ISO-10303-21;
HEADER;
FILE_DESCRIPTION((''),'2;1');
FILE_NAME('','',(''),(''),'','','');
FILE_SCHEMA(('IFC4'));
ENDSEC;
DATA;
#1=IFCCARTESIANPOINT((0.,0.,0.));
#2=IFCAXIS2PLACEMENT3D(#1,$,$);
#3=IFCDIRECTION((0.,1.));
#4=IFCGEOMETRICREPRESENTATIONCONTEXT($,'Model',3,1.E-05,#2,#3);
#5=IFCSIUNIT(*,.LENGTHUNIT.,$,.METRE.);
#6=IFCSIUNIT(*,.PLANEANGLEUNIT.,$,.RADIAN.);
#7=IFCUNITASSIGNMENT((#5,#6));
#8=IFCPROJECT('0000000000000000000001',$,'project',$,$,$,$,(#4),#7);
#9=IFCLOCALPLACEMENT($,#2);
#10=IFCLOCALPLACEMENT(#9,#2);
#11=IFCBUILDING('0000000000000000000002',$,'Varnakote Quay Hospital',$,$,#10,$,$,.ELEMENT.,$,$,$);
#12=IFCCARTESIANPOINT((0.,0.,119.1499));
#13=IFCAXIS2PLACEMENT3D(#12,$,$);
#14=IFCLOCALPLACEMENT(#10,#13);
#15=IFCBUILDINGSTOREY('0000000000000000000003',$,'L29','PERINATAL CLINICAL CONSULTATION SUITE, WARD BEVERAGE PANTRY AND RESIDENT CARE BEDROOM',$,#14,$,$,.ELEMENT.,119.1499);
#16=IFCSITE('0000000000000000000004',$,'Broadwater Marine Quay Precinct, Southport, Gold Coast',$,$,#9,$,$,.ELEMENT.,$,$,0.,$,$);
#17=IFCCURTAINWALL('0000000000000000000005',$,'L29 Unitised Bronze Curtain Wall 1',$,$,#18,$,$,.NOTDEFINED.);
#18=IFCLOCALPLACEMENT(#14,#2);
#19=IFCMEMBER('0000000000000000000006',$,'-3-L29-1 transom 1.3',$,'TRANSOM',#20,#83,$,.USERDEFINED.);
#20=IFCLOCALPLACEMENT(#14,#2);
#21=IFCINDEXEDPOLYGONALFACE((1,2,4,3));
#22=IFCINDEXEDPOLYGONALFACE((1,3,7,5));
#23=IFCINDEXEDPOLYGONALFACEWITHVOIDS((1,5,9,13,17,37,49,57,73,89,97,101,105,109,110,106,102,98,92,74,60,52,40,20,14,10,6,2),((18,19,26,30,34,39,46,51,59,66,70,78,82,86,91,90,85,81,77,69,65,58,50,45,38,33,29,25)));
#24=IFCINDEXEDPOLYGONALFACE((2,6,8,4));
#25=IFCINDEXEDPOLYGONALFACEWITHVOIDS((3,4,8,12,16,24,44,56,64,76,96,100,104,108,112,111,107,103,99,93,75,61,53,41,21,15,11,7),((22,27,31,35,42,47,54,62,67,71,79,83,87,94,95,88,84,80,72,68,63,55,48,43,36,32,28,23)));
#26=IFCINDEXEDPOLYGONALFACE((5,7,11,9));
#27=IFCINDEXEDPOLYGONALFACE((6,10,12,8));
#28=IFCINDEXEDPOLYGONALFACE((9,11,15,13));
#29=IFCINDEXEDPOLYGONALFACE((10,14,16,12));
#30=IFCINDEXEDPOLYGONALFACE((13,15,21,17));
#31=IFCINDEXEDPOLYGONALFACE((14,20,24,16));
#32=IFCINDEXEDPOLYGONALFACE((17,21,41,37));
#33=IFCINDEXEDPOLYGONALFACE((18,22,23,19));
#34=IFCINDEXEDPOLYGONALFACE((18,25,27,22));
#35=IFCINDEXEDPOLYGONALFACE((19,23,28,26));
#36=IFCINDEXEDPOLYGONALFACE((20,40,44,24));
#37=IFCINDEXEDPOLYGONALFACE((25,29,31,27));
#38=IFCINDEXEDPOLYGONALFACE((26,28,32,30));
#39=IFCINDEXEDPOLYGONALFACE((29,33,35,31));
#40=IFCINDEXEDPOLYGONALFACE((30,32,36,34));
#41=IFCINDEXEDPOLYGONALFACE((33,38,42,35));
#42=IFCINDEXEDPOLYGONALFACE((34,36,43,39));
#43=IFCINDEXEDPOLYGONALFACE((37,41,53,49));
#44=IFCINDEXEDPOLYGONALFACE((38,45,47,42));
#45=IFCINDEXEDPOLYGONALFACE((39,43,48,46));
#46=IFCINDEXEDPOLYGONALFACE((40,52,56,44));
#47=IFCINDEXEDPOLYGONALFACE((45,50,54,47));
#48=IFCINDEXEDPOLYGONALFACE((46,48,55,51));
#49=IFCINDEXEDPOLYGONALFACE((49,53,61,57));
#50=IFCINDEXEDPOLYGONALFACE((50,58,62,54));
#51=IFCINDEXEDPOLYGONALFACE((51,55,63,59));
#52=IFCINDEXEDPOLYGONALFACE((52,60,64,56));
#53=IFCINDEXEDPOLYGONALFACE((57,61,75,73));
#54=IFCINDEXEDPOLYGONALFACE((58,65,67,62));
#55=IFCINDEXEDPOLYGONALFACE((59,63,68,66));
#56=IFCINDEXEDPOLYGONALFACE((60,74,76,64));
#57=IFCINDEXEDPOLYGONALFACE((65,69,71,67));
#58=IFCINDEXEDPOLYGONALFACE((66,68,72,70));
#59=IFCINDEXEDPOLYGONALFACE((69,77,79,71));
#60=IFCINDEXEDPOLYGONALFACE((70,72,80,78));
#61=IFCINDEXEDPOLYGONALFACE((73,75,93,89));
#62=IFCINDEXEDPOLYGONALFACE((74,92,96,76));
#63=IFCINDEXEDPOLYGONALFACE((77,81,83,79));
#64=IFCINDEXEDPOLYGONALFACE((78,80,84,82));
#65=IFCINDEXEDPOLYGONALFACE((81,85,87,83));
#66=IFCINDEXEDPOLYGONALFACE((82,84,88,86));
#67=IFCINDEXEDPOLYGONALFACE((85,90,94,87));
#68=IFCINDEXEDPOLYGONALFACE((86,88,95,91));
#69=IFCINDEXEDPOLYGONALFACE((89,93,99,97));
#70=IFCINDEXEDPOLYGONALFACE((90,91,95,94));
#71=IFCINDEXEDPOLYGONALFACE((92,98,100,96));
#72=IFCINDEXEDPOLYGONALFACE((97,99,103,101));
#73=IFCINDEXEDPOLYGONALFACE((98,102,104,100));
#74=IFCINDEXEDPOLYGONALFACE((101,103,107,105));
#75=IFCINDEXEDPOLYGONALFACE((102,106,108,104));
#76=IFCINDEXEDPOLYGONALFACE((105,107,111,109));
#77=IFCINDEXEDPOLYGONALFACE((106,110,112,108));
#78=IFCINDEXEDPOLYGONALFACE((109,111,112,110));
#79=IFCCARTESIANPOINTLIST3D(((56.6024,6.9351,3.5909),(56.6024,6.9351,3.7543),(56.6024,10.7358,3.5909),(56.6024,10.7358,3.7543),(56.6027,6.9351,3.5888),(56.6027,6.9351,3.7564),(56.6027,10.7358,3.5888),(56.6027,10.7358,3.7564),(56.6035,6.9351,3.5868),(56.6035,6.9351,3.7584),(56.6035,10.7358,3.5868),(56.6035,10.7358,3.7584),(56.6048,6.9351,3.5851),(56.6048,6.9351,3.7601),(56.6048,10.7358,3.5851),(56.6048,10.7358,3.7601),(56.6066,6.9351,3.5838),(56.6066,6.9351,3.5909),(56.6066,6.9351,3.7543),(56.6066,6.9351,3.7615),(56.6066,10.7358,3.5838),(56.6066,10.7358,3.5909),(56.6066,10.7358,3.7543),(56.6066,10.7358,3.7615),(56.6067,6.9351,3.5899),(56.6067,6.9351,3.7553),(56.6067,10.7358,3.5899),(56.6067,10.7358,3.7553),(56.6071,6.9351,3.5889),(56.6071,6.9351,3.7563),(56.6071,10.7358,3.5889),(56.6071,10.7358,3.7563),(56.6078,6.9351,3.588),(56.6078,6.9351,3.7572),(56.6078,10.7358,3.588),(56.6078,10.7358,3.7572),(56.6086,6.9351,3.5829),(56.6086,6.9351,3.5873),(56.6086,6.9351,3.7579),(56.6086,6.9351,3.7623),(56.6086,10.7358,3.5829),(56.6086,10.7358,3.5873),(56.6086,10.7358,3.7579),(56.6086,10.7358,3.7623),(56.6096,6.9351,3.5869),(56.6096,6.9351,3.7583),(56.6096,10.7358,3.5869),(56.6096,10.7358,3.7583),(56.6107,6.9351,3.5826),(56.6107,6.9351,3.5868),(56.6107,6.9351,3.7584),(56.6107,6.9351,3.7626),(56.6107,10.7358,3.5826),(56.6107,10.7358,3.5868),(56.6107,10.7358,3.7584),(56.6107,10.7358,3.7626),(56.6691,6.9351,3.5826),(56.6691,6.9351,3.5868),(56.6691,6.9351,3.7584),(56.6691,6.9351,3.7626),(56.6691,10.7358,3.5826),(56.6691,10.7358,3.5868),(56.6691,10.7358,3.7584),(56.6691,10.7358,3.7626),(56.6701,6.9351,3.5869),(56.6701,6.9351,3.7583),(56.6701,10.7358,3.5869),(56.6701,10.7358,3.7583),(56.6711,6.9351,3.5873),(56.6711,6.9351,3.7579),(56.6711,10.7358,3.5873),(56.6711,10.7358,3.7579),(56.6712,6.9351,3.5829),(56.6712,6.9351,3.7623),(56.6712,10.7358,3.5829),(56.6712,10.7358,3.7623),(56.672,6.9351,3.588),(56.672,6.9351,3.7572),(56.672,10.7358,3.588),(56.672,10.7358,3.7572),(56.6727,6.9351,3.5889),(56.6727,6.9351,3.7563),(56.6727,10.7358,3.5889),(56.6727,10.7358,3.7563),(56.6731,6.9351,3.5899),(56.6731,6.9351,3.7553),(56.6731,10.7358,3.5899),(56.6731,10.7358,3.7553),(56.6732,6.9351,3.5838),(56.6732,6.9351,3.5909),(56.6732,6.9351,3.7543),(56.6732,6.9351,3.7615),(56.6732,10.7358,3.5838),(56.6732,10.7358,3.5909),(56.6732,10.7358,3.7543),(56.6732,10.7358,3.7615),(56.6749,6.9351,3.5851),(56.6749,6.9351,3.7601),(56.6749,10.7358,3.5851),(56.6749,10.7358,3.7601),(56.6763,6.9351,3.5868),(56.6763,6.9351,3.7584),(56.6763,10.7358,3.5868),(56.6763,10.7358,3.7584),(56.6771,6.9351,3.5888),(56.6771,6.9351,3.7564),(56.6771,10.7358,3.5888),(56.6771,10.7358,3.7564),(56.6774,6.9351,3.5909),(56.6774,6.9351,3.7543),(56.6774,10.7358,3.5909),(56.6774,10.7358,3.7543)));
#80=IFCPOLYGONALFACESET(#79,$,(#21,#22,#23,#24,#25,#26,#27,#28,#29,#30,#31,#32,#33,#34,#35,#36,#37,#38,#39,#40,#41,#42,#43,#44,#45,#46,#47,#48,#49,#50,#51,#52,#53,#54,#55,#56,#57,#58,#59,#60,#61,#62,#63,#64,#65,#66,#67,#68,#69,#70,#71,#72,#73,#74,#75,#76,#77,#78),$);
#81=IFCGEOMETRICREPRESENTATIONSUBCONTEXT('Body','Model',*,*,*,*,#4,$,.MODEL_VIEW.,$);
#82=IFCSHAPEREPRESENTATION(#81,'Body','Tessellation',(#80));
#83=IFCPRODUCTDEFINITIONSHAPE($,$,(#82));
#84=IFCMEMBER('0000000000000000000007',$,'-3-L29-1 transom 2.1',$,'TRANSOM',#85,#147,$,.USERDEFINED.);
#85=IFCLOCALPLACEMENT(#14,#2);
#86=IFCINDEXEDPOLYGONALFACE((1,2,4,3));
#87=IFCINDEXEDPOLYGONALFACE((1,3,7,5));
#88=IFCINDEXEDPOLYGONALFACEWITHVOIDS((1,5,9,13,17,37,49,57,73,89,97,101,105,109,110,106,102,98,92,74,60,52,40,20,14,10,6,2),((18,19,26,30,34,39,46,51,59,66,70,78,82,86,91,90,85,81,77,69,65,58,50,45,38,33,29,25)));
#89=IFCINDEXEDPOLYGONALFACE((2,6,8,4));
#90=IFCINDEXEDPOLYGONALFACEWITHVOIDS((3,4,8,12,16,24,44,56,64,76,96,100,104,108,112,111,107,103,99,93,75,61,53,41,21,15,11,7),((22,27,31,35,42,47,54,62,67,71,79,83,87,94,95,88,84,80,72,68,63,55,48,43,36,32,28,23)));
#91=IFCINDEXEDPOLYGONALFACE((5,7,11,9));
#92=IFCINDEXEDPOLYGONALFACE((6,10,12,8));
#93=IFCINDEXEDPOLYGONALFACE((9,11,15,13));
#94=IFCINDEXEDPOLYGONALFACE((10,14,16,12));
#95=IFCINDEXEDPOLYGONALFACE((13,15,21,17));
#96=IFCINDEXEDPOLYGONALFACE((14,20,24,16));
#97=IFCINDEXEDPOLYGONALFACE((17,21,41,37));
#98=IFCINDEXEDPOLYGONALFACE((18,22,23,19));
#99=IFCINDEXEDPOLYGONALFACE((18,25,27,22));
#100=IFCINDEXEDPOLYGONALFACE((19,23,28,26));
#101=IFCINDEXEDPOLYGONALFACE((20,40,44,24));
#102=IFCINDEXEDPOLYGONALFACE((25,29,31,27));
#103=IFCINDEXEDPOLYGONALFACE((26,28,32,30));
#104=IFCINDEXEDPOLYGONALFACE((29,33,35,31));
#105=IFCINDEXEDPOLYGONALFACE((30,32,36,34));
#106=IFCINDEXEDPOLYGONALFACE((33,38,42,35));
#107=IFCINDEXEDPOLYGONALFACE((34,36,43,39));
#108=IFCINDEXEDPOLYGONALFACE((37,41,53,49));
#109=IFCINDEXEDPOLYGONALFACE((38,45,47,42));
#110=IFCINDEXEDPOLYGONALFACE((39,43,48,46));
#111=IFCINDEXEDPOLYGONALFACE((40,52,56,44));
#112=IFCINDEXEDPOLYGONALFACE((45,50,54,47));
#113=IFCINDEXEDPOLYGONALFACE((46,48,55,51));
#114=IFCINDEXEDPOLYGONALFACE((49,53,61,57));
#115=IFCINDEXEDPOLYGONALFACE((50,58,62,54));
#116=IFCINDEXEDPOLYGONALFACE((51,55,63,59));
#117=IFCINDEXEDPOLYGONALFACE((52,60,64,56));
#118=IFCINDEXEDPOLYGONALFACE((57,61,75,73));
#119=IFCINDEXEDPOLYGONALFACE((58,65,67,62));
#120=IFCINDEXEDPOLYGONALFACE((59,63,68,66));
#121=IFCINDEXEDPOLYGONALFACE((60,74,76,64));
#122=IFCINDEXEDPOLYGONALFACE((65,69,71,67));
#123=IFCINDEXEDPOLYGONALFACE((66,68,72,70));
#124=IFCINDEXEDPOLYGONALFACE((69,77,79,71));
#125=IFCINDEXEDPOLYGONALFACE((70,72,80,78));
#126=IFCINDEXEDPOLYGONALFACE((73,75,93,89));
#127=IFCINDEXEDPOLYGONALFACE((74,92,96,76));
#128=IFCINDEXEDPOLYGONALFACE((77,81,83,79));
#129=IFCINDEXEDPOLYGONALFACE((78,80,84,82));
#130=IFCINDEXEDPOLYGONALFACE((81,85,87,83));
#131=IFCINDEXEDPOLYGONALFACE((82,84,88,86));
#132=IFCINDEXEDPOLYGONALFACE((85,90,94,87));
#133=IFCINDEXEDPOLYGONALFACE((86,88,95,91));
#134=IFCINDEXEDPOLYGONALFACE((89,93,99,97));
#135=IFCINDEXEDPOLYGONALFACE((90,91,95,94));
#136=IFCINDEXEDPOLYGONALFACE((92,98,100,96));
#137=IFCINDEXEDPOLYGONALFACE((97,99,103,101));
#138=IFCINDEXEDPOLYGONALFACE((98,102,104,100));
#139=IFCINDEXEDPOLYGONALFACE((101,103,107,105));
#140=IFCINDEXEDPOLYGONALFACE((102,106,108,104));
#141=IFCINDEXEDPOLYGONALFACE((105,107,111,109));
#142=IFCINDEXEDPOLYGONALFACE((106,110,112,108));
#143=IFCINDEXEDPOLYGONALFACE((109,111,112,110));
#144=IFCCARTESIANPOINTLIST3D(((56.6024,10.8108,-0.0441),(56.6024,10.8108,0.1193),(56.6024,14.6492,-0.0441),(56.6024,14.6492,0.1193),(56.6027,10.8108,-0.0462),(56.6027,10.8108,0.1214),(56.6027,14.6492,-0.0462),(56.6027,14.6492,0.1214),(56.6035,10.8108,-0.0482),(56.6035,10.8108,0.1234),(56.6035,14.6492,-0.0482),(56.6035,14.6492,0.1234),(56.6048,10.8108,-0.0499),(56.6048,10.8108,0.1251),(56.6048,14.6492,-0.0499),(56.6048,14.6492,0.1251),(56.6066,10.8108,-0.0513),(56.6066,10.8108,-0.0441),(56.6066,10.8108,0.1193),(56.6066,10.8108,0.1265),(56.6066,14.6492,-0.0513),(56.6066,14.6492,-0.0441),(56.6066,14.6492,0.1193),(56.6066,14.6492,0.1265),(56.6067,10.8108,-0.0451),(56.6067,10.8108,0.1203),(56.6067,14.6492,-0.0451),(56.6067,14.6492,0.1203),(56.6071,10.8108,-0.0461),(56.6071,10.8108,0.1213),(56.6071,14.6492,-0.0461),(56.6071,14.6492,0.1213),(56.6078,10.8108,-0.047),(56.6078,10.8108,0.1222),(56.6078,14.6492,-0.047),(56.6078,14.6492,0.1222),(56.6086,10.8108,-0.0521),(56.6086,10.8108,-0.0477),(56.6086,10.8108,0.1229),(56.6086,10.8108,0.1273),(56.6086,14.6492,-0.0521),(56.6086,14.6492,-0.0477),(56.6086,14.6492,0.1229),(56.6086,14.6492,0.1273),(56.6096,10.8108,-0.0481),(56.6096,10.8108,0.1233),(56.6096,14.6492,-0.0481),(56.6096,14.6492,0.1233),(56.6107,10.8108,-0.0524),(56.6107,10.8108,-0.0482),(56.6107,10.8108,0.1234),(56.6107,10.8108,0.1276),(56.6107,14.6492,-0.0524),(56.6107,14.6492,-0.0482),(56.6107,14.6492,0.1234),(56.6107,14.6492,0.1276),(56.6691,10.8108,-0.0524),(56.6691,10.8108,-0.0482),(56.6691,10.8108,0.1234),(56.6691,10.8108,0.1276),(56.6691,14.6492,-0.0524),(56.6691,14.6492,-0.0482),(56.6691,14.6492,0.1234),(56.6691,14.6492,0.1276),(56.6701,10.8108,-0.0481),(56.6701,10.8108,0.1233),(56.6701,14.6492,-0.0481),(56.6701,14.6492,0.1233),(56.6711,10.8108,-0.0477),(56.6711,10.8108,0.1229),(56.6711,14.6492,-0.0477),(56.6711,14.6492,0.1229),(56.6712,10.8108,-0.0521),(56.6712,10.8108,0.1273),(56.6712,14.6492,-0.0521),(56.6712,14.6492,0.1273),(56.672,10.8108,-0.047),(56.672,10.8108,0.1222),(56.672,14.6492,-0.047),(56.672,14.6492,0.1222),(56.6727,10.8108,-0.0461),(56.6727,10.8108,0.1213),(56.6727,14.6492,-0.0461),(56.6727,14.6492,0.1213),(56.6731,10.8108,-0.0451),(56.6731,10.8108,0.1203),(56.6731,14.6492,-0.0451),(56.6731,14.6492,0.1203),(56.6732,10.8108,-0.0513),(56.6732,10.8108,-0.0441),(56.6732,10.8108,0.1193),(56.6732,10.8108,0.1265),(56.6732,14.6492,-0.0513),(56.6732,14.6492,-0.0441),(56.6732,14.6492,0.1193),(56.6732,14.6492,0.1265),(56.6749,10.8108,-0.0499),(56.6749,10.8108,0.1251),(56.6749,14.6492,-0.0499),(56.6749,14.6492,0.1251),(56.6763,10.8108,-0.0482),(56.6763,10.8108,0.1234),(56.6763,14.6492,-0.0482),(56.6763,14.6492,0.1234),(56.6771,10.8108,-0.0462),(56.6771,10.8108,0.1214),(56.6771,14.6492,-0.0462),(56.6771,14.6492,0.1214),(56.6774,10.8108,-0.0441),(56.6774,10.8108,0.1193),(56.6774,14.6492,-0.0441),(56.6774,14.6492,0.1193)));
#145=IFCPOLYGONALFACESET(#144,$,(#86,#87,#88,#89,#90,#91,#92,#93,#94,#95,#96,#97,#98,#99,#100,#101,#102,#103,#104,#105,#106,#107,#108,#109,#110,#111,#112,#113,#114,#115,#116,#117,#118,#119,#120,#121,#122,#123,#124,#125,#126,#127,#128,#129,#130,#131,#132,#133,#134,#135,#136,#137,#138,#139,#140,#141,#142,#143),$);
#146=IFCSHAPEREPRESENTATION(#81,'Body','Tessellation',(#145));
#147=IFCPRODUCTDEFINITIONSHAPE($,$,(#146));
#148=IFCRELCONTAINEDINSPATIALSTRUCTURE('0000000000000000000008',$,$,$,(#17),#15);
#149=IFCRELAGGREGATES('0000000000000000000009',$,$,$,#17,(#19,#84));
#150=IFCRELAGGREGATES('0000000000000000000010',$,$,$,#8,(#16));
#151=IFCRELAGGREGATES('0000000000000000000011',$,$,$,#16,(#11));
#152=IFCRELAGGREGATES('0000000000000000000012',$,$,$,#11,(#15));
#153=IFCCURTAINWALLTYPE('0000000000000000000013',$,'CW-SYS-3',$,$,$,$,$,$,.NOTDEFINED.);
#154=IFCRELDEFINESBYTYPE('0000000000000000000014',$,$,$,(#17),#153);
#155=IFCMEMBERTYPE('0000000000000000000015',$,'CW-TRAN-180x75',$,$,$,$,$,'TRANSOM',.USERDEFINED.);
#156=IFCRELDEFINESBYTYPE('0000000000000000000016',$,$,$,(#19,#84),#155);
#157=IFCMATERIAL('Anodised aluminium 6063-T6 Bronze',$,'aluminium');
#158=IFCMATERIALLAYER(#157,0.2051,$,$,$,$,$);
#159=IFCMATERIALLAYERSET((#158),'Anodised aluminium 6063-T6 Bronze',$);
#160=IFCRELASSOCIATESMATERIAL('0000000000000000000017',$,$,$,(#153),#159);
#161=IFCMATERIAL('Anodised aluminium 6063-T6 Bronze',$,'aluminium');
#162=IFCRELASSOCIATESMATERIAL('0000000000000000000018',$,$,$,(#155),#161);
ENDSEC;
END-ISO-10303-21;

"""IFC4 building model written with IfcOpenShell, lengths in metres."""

from ifc_helpers import new_model, si_unit, direction, frame, origin, origin_2d, place, context, subcontext, project, spatial, hollow_rectangle, extrude, material, layer, layer_set, material_profile, profile_set, type_object, element, aggregate, save


model = new_model("IFC4")

# Units and contexts
model_context = context("Model", 3, precision=1e-05, world=origin(), true_north=direction((0.0, 1.0)))
body_context = subcontext(model_context, "Body", "Model", "MODEL_VIEW")
ifc_project = project(units=[si_unit("LENGTHUNIT", "METRE"), si_unit("PLANEANGLEUNIT", "RADIAN")], contexts=[model_context])

# Site, building, storey
site_placement = place(None, origin())
site = spatial("IfcSite", under=ifc_project, at=site_placement, Name="Broadwater Marine Quay Precinct, Southport, Gold Coast", CompositionType="ELEMENT", RefElevation=0.0)
building_placement = place(site_placement, origin())
building = spatial("IfcBuilding", under=site, at=building_placement, Name="Varnakote Quay Hospital", CompositionType="ELEMENT")
storey_placement = place(building_placement, frame((0.0, 0.0, 119.1499)))
storey = spatial("IfcBuildingStorey", under=building, at=storey_placement, Name="L29", Description="PERINATAL CLINICAL CONSULTATION SUITE, WARD BEVERAGE PANTRY AND RESIDENT CARE BEDROOM", CompositionType="ELEMENT", Elevation=119.1499)

# Curtain wall, members
ifc_material_1 = material(Name="Anodised aluminium 6063-T6 Bronze", Category="aluminium")
ifc_layer_1 = layer(ifc_material_1, 0.2051)
ifc_layer_set_1 = layer_set([ifc_layer_1], Name="Anodised aluminium 6063-T6 Bronze")
curtain_wall_type = type_object("IfcCurtainWallType", Name="CW-SYS-3", PredefinedType="NOTDEFINED", material=ifc_layer_set_1)
curtain_wall_placement = place(storey_placement, origin())
curtain_wall = element("IfcCurtainWall", 1, at=curtain_wall_placement, inside=storey, type_object=curtain_wall_type, Name="L29 Unitised Bronze Curtain Wall 1", PredefinedType="NOTDEFINED")
ifc_material_2 = material(Name="Anodised aluminium 6063-T6 Bronze", Category="aluminium")
ifc_material_profile_1 = material_profile(ifc_material_2, hollow_rectangle(XDim=0.075, YDim=0.1799, WallThickness=0.0042, InnerFilletRadius=0.0042, OuterFilletRadius=0.0083, at=origin_2d()), Name="CW-TRAN-180x75")
ifc_profile_set_1 = profile_set([ifc_material_profile_1], Name="Anodised aluminium 6063-T6 Bronze")
member_type_1 = type_object("IfcMemberType", Name="CW-TRAN-180x75", ElementType="TRANSOM", PredefinedType="USERDEFINED", material=ifc_profile_set_1)
member_1_placement = place(storey_placement, frame((56.6399, 6.9351, 3.6726), z_axis=(0.0, 1.0, 0.0), x_axis=(-1.0, 0.0, 0.0)))
member_1 = element("IfcMember", 2, at=member_1_placement, type_object=member_type_1, Name="-3-L29-1 transom 1.3", ObjectType="TRANSOM", PredefinedType="USERDEFINED", context=body_context, shape_type="SweptSolid", body=[
    extrude(hollow_rectangle(XDim=0.075, YDim=0.1799, WallThickness=0.0042, InnerFilletRadius=0.0042, OuterFilletRadius=0.0083, at=origin_2d()), origin(), (0.0, 0.0, 1.0), 3.8008),
])
member_2_placement = place(storey_placement, frame((56.6399, 10.8108, 0.0376), z_axis=(0.0, 1.0, 0.0), x_axis=(-1.0, 0.0, 0.0)))
member_2 = element("IfcMember", 3, at=member_2_placement, type_object=member_type_1, Name="-3-L29-1 transom 2.1", ObjectType="TRANSOM", PredefinedType="USERDEFINED", context=body_context, shape_type="SweptSolid", body=[
    extrude(hollow_rectangle(XDim=0.075, YDim=0.1799, WallThickness=0.0042, InnerFilletRadius=0.0042, OuterFilletRadius=0.0083, at=origin_2d()), origin(), (0.0, 0.0, 1.0), 3.8384),
])
aggregate(curtain_wall, [member_1, member_2])

save(model, "model.ifc")
